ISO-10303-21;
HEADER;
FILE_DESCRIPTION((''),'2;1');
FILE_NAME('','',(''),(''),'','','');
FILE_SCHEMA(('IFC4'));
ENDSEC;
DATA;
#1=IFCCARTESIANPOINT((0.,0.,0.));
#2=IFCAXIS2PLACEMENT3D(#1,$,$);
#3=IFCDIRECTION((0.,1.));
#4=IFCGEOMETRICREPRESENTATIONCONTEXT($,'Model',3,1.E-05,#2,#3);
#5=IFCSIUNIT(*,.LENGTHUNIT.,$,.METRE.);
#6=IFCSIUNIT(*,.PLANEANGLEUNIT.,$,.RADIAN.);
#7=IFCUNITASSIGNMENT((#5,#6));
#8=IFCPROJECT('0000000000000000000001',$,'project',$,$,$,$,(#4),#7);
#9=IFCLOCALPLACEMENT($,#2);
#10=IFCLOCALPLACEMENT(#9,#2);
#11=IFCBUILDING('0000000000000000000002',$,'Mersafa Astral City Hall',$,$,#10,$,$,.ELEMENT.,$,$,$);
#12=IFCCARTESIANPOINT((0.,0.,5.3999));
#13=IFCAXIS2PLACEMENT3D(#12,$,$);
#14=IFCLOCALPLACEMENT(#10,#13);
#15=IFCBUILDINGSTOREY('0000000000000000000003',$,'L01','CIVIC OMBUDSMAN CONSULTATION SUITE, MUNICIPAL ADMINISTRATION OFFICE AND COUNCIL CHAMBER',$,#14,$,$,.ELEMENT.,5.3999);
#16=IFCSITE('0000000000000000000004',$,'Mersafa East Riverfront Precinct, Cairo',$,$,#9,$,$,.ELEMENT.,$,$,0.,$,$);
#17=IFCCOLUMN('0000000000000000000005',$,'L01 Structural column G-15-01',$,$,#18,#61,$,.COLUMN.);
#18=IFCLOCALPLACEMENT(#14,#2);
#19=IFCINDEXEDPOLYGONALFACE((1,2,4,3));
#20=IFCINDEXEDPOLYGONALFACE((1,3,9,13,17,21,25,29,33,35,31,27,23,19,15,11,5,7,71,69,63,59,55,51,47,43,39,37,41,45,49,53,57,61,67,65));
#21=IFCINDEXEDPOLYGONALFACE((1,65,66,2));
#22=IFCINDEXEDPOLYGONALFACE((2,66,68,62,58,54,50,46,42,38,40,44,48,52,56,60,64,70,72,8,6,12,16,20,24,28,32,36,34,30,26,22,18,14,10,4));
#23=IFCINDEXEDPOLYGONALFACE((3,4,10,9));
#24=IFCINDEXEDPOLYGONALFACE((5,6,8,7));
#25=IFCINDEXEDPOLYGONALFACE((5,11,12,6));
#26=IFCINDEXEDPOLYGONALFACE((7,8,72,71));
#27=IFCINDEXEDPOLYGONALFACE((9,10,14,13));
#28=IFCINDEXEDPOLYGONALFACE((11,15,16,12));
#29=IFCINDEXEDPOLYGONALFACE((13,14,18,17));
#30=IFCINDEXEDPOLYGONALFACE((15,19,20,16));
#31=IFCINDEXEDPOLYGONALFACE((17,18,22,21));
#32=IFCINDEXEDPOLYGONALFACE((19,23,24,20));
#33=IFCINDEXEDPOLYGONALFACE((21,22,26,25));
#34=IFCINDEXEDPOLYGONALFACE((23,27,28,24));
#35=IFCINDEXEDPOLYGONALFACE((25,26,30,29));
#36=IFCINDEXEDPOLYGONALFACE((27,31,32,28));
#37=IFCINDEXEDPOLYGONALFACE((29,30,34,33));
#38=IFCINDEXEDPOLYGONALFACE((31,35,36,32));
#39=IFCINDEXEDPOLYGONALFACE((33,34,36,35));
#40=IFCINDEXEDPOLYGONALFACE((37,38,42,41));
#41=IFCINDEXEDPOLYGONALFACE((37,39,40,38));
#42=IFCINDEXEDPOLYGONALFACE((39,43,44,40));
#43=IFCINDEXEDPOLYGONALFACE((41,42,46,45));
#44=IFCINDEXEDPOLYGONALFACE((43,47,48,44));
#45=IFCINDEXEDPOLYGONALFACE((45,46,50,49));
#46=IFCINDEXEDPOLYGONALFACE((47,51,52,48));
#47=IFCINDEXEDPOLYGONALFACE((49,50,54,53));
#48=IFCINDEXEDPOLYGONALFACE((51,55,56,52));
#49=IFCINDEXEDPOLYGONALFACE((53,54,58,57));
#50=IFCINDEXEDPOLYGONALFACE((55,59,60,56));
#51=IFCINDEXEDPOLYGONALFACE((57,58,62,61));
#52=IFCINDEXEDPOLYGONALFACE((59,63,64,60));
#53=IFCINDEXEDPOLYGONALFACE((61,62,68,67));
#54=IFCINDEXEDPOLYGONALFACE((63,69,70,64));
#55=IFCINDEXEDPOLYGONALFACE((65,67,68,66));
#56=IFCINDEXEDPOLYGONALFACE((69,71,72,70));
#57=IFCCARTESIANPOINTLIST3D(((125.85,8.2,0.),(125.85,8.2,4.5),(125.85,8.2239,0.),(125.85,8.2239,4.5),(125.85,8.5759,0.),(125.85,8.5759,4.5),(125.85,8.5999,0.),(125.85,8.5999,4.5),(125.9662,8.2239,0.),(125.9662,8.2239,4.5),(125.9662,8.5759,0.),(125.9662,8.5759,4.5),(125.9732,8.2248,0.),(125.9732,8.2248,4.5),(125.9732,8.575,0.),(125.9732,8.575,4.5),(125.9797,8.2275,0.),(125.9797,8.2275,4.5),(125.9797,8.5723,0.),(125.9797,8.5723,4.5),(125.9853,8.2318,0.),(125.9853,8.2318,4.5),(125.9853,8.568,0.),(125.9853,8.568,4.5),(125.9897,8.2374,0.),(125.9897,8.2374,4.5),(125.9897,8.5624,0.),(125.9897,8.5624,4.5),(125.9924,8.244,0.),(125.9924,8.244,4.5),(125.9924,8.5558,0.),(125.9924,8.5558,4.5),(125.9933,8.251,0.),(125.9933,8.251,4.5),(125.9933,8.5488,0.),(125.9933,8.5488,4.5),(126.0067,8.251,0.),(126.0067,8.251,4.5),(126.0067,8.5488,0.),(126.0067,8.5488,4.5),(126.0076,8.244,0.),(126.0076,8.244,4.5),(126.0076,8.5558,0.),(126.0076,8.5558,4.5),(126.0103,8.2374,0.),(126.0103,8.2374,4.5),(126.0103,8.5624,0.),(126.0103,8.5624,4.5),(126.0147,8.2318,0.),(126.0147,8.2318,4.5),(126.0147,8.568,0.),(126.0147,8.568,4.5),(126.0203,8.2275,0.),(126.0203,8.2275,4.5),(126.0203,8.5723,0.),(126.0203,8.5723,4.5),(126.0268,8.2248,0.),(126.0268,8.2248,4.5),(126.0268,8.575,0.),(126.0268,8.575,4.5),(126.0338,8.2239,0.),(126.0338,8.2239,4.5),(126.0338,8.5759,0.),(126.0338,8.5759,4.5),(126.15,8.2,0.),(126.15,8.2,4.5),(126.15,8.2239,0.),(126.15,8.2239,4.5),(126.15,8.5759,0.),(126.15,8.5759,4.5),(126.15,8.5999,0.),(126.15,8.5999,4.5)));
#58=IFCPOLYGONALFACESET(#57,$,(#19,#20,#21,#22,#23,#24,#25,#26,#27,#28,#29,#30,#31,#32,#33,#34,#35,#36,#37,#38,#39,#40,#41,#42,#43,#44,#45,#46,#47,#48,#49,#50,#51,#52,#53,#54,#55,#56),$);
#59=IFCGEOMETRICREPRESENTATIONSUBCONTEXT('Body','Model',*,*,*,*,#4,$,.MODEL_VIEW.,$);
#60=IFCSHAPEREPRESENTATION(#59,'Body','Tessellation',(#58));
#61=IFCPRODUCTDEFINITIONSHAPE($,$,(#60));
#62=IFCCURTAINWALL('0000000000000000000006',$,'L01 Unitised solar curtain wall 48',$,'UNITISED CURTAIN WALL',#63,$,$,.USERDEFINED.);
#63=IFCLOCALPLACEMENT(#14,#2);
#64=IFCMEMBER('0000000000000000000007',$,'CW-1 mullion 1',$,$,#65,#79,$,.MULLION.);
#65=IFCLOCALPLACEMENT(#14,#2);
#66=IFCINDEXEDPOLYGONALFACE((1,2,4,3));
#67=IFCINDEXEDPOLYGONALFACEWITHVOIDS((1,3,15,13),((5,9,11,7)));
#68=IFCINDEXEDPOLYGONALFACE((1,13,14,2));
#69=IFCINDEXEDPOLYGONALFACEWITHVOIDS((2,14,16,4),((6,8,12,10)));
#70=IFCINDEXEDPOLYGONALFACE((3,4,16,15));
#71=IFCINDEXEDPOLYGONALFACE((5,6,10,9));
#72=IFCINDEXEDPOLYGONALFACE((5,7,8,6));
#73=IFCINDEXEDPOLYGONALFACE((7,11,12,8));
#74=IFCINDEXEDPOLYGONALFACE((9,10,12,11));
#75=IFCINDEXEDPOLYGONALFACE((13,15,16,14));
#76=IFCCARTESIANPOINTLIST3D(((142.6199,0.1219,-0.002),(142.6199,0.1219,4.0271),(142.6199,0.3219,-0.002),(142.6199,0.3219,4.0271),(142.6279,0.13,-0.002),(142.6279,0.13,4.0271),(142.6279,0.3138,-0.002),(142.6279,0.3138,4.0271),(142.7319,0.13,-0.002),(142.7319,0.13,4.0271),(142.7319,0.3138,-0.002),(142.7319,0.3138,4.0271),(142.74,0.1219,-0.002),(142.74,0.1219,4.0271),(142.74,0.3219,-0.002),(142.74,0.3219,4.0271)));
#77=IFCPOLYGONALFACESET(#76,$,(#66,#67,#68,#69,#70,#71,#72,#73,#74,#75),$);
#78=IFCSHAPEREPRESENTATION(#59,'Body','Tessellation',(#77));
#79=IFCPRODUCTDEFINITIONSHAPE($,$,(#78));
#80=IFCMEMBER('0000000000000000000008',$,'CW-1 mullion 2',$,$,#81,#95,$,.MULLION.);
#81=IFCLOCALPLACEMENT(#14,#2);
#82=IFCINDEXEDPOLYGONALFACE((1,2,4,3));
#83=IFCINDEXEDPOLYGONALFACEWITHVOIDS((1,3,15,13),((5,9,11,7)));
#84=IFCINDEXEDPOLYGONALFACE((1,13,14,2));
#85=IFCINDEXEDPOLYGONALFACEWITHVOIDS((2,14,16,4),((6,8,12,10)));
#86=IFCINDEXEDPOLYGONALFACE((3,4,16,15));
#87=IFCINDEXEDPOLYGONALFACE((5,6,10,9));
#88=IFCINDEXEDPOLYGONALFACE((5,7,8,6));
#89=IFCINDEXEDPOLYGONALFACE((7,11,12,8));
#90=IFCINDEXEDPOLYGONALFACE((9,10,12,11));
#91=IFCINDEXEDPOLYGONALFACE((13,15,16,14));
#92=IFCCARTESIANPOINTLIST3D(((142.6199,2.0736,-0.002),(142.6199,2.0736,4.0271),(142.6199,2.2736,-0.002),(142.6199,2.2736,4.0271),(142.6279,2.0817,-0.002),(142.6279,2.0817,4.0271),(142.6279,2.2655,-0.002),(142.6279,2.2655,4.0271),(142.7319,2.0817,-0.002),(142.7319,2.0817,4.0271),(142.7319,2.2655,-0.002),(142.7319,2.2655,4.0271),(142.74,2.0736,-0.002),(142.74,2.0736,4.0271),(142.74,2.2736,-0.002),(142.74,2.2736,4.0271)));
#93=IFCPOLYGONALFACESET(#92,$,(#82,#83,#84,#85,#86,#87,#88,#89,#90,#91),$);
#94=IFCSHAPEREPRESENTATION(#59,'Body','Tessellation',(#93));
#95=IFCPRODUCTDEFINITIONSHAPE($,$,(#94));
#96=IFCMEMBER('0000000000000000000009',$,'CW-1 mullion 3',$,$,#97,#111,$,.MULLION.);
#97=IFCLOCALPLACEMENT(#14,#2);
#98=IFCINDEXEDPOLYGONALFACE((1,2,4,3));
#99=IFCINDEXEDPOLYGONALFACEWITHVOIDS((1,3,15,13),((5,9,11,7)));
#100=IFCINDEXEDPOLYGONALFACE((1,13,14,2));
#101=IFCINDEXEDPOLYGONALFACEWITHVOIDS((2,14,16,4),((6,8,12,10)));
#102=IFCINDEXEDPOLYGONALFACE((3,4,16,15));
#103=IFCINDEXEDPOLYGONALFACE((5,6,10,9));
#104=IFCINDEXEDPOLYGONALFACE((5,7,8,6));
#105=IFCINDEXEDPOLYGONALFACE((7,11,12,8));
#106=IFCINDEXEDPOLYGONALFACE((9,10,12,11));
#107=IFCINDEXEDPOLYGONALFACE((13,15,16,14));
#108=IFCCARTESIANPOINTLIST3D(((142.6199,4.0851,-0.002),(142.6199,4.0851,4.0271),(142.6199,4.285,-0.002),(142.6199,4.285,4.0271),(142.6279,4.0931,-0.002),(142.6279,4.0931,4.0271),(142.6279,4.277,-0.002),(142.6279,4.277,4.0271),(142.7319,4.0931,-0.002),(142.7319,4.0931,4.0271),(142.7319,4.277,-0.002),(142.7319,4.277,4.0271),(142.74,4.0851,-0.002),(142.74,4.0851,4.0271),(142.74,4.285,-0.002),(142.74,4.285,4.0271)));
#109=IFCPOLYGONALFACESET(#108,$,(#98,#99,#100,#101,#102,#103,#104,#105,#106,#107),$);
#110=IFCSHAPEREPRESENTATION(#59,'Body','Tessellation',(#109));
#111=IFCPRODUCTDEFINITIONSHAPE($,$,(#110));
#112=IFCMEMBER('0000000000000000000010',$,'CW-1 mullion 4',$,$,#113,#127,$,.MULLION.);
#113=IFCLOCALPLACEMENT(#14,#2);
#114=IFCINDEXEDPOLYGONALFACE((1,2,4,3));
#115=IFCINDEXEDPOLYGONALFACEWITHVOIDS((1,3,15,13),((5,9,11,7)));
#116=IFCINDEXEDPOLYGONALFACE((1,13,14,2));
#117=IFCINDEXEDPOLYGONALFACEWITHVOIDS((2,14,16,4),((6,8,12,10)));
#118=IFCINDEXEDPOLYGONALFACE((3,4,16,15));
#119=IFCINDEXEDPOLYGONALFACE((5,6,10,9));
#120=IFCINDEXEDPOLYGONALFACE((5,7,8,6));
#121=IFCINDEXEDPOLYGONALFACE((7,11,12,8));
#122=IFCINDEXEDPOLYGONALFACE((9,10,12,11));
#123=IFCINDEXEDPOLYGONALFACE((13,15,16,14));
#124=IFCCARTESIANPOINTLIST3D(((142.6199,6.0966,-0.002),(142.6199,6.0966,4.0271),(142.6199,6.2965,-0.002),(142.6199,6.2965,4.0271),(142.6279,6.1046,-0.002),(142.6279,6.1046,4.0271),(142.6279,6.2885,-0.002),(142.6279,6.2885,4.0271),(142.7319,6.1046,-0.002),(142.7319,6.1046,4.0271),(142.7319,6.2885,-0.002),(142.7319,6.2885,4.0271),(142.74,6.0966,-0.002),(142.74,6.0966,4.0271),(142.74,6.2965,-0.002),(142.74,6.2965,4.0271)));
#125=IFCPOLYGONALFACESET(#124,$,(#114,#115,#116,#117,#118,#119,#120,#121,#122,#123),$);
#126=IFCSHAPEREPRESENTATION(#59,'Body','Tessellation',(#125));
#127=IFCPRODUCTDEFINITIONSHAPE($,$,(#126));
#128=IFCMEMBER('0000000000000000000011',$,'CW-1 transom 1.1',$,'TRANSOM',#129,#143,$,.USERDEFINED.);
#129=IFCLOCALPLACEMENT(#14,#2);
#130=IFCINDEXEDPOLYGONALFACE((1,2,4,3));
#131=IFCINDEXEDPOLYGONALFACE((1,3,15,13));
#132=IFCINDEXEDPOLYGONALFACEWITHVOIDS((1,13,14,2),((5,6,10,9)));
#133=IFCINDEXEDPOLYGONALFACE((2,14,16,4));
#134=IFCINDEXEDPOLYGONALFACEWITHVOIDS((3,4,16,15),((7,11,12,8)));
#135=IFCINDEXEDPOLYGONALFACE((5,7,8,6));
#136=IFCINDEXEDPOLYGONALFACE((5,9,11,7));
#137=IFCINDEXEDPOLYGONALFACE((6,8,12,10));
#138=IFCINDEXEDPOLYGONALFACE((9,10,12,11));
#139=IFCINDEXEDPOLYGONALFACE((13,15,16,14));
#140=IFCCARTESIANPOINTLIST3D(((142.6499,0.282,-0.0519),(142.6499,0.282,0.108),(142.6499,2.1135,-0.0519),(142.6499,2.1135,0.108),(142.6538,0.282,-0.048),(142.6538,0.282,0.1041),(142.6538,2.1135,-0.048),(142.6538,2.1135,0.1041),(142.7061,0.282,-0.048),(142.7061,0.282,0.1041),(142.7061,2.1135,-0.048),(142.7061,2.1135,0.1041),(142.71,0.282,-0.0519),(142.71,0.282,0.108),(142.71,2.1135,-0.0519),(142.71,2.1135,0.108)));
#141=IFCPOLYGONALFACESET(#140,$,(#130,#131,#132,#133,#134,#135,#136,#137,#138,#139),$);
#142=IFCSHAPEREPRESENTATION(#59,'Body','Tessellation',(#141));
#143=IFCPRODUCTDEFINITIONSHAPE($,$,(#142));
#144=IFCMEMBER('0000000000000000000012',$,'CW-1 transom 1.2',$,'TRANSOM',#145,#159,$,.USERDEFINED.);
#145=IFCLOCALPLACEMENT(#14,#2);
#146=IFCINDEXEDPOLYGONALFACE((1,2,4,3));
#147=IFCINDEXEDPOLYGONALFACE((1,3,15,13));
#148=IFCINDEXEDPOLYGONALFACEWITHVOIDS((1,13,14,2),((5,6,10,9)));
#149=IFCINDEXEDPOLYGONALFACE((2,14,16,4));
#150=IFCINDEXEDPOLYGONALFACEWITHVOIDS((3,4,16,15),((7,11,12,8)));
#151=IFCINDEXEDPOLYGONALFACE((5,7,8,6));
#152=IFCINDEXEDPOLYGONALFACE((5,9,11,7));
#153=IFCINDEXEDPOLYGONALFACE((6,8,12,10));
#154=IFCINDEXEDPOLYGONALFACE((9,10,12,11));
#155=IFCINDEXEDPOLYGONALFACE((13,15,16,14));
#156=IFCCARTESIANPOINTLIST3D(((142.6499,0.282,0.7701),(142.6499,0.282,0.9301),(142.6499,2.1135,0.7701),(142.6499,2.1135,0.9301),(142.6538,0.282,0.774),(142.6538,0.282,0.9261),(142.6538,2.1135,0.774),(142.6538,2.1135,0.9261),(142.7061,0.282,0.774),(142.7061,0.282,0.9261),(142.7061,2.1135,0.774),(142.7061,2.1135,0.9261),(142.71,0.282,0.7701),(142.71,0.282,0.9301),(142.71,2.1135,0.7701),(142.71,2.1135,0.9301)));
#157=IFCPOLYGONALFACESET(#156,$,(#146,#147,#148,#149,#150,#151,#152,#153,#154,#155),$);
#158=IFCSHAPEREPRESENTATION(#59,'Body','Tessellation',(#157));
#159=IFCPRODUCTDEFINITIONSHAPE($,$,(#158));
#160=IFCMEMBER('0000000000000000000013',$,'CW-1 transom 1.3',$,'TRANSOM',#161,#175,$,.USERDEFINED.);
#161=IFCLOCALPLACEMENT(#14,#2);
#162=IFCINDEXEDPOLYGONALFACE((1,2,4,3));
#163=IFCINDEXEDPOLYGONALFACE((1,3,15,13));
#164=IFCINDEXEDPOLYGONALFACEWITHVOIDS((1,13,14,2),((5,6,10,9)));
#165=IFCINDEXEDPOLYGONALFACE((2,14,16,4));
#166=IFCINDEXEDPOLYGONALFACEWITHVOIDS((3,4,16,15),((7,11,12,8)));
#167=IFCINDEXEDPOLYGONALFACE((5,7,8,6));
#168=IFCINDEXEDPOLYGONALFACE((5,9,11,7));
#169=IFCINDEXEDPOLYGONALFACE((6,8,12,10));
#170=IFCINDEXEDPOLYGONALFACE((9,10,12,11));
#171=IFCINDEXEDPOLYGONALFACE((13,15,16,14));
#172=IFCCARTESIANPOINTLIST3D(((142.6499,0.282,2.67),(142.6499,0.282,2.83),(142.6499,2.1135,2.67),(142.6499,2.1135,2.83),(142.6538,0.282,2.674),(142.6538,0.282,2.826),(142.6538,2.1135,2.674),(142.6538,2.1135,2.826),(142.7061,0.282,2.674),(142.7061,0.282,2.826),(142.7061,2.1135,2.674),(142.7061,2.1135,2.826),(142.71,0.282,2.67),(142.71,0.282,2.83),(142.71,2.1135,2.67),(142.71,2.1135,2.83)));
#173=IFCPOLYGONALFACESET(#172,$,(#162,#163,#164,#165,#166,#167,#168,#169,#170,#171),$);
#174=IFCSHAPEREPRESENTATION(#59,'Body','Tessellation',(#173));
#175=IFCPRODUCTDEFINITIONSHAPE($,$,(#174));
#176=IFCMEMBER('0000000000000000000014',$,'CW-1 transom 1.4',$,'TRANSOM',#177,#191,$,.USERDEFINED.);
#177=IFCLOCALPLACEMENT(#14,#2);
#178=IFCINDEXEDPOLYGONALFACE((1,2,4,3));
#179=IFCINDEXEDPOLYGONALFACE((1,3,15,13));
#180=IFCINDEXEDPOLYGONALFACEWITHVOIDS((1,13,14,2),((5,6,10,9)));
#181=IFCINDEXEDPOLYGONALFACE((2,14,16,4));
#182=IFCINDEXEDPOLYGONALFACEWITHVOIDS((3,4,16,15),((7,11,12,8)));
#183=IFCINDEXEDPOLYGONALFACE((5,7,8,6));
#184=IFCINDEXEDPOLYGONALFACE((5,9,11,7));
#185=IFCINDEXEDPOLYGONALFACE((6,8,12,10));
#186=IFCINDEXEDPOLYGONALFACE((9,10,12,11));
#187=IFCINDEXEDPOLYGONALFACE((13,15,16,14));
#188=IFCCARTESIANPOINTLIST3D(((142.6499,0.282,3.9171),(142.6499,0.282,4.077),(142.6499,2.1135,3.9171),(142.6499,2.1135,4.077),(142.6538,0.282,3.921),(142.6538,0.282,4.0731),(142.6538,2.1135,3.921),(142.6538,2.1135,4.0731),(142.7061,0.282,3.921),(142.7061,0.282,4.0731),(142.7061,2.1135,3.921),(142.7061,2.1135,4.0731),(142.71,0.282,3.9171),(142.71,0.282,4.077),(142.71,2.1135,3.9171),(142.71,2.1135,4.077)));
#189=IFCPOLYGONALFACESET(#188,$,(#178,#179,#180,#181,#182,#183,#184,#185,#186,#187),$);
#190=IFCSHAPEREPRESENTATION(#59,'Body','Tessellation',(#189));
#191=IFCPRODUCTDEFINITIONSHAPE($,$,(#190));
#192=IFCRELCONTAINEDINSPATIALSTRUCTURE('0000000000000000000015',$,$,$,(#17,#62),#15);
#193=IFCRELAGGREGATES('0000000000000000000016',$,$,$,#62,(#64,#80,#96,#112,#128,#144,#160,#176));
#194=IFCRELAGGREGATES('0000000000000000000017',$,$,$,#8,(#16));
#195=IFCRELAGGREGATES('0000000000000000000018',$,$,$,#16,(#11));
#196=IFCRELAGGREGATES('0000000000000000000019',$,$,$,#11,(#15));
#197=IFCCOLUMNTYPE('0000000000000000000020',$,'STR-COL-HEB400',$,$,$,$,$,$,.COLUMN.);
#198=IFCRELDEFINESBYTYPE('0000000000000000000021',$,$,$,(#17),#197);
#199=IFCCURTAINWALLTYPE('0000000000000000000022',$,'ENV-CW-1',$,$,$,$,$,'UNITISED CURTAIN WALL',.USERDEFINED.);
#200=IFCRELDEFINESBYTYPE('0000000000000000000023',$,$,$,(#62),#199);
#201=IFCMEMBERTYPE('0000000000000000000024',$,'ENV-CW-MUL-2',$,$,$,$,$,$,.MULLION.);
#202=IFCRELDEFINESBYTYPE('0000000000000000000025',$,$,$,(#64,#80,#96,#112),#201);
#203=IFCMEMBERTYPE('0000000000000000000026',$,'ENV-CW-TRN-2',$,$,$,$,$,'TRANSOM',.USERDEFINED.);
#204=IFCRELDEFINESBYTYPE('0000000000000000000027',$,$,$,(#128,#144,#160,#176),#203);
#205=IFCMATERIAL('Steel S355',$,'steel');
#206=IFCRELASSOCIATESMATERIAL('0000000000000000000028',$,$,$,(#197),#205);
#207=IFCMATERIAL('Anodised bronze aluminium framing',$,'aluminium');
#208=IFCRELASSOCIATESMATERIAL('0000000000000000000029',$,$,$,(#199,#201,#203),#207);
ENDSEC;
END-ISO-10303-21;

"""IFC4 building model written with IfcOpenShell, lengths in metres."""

from ifc_helpers import new_model, si_unit, direction, frame, origin, origin_2d, place, context, subcontext, project, spatial, hollow_rectangle, i_section, extrude, material, material_profile, profile_set, type_object, element, aggregate, save


model = new_model("IFC4")

# Units and contexts
model_context = context("Model", 3, precision=1e-05, world=origin(), true_north=direction((0.0, 1.0)))
body_context = subcontext(model_context, "Body", "Model", "MODEL_VIEW")
ifc_project = project(units=[si_unit("LENGTHUNIT", "METRE"), si_unit("PLANEANGLEUNIT", "RADIAN")], contexts=[model_context])

# Site, building, storey
site_placement = place(None, origin())
site = spatial("IfcSite", under=ifc_project, at=site_placement, Name="Mersafa East Riverfront Precinct, Cairo", CompositionType="ELEMENT", RefElevation=0.0)
building_placement = place(site_placement, origin())
building = spatial("IfcBuilding", under=site, at=building_placement, Name="Mersafa Astral City Hall", CompositionType="ELEMENT")
storey_placement = place(building_placement, frame((0.0, 0.0, 5.3999)))
storey = spatial("IfcBuildingStorey", under=building, at=storey_placement, Name="L01", Description="CIVIC OMBUDSMAN CONSULTATION SUITE, MUNICIPAL ADMINISTRATION OFFICE AND COUNCIL CHAMBER", CompositionType="ELEMENT", Elevation=5.3999)

# Column
ifc_material_1 = material(Name="Steel S355", Category="steel")
ifc_material_profile_1 = material_profile(ifc_material_1, i_section(OverallWidth=0.3, OverallDepth=0.3999, WebThickness=0.0134, FlangeThickness=0.0239, FilletRadius=0.0271, at=origin_2d()), Name="HEB 400")
ifc_profile_set_1 = profile_set([ifc_material_profile_1], Name="Steel S355")
column_type = type_object("IfcColumnType", Name="STR-COL-HEB400", PredefinedType="COLUMN", material=ifc_profile_set_1)
column_placement = place(storey_placement, frame((126.0, 8.3999, 0.0), z_axis=(0.0, 0.0, 1.0), x_axis=(1.0, 0.0, 0.0)))
element("IfcColumn", 1, at=column_placement, inside=storey, type_object=column_type, Name="L01 Structural column G-15-01", PredefinedType="COLUMN", context=body_context, shape_type="SweptSolid", body=[
    extrude(i_section(OverallWidth=0.3, OverallDepth=0.3999, WebThickness=0.0134, FlangeThickness=0.0239, FilletRadius=0.0271, at=origin_2d()), origin(), (0.0, 0.0, 1.0), 4.5),
])

# Curtain wall, members
ifc_material_2 = material(Name="Anodised bronze aluminium framing", Category="aluminium")
curtain_wall_type = type_object("IfcCurtainWallType", Name="ENV-CW-1", ElementType="UNITISED CURTAIN WALL", PredefinedType="USERDEFINED", material=ifc_material_2)
curtain_wall_placement = place(storey_placement, origin())
curtain_wall = element("IfcCurtainWall", 2, at=curtain_wall_placement, inside=storey, type_object=curtain_wall_type, Name="L01 Unitised solar curtain wall 48", ObjectType="UNITISED CURTAIN WALL", PredefinedType="USERDEFINED")
ifc_material_profile_2 = material_profile(ifc_material_2, hollow_rectangle(XDim=0.1201, YDim=0.2, WallThickness=0.0081, at=origin_2d()), Name="RHS 120x200x8")
ifc_profile_set_2 = profile_set([ifc_material_profile_2], Name="Anodised bronze aluminium framing")
member_type_1 = type_object("IfcMemberType", Name="ENV-CW-MUL-2", PredefinedType="MULLION", material=ifc_profile_set_2)
member_1_placement = place(storey_placement, frame((142.6799, 0.2219, -0.002), z_axis=(0.0, 0.0, 1.0), x_axis=(-1.0, 0.0, 0.0)))
member_1 = element("IfcMember", 3, at=member_1_placement, type_object=member_type_1, Name="CW-1 mullion 1", PredefinedType="MULLION", context=body_context, shape_type="SweptSolid", body=[
    extrude(hollow_rectangle(XDim=0.1201, YDim=0.2, WallThickness=0.0081, at=origin_2d()), origin(), (0.0, 0.0, 1.0), 4.0291),
])
member_2_placement = place(storey_placement, frame((142.6799, 2.1736, -0.002), z_axis=(0.0, 0.0, 1.0), x_axis=(-1.0, 0.0, 0.0)))
member_2 = element("IfcMember", 4, at=member_2_placement, type_object=member_type_1, Name="CW-1 mullion 2", PredefinedType="MULLION", context=body_context, shape_type="SweptSolid", body=[
    extrude(hollow_rectangle(XDim=0.1201, YDim=0.2, WallThickness=0.0081, at=origin_2d()), origin(), (0.0, 0.0, 1.0), 4.0291),
])
member_3_placement = place(storey_placement, frame((142.6799, 4.1851, -0.002), z_axis=(0.0, 0.0, 1.0), x_axis=(-1.0, 0.0, 0.0)))
member_3 = element("IfcMember", 5, at=member_3_placement, type_object=member_type_1, Name="CW-1 mullion 3", PredefinedType="MULLION", context=body_context, shape_type="SweptSolid", body=[
    extrude(hollow_rectangle(XDim=0.1201, YDim=0.2, WallThickness=0.0081, at=origin_2d()), origin(), (0.0, 0.0, 1.0), 4.0291),
])
member_4_placement = place(storey_placement, frame((142.6799, 6.1965, -0.002), z_axis=(0.0, 0.0, 1.0), x_axis=(-1.0, 0.0, 0.0)))
member_4 = element("IfcMember", 6, at=member_4_placement, type_object=member_type_1, Name="CW-1 mullion 4", PredefinedType="MULLION", context=body_context, shape_type="SweptSolid", body=[
    extrude(hollow_rectangle(XDim=0.1201, YDim=0.2, WallThickness=0.0081, at=origin_2d()), origin(), (0.0, 0.0, 1.0), 4.0291),
])
ifc_material_profile_3 = material_profile(ifc_material_2, hollow_rectangle(XDim=0.0601, YDim=0.1599, WallThickness=0.0039, at=origin_2d()), Name="RHS 60x160x4")
ifc_profile_set_3 = profile_set([ifc_material_profile_3], Name="Anodised bronze aluminium framing")
member_type_2 = type_object("IfcMemberType", Name="ENV-CW-TRN-2", ElementType="TRANSOM", PredefinedType="USERDEFINED", material=ifc_profile_set_3)
member_5_placement = place(storey_placement, frame((142.6799, 0.282, 0.0281), z_axis=(0.0, 1.0, 0.0), x_axis=(-1.0, 0.0, 0.0)))
member_5 = element("IfcMember", 7, at=member_5_placement, type_object=member_type_2, Name="CW-1 transom 1.1", ObjectType="TRANSOM", PredefinedType="USERDEFINED", context=body_context, shape_type="SweptSolid", body=[
    extrude(hollow_rectangle(XDim=0.0601, YDim=0.1599, WallThickness=0.0039, at=origin_2d()), origin(), (0.0, 0.0, 1.0), 1.8315),
])
member_6_placement = place(storey_placement, frame((142.6799, 0.282, 0.8501), z_axis=(0.0, 1.0, 0.0), x_axis=(-1.0, 0.0, 0.0)))
member_6 = element("IfcMember", 8, at=member_6_placement, type_object=member_type_2, Name="CW-1 transom 1.2", ObjectType="TRANSOM", PredefinedType="USERDEFINED", context=body_context, shape_type="SweptSolid", body=[
    extrude(hollow_rectangle(XDim=0.0601, YDim=0.1599, WallThickness=0.0039, at=origin_2d()), origin(), (0.0, 0.0, 1.0), 1.8315),
])
member_7_placement = place(storey_placement, frame((142.6799, 0.282, 2.75), z_axis=(0.0, 1.0, 0.0), x_axis=(-1.0, 0.0, 0.0)))
member_7 = element("IfcMember", 9, at=member_7_placement, type_object=member_type_2, Name="CW-1 transom 1.3", ObjectType="TRANSOM", PredefinedType="USERDEFINED", context=body_context, shape_type="SweptSolid", body=[
    extrude(hollow_rectangle(XDim=0.0601, YDim=0.1599, WallThickness=0.0039, at=origin_2d()), origin(), (0.0, 0.0, 1.0), 1.8315),
])
member_8_placement = place(storey_placement, frame((142.6799, 0.282, 3.9971), z_axis=(0.0, 1.0, 0.0), x_axis=(-1.0, 0.0, 0.0)))
member_8 = element("IfcMember", 10, at=member_8_placement, type_object=member_type_2, Name="CW-1 transom 1.4", ObjectType="TRANSOM", PredefinedType="USERDEFINED", context=body_context, shape_type="SweptSolid", body=[
    extrude(hollow_rectangle(XDim=0.0601, YDim=0.1599, WallThickness=0.0039, at=origin_2d()), origin(), (0.0, 0.0, 1.0), 1.8315),
])
aggregate(curtain_wall, [member_1, member_2, member_3, member_4, member_5, member_6, member_7, member_8])

save(model, "model.ifc")
